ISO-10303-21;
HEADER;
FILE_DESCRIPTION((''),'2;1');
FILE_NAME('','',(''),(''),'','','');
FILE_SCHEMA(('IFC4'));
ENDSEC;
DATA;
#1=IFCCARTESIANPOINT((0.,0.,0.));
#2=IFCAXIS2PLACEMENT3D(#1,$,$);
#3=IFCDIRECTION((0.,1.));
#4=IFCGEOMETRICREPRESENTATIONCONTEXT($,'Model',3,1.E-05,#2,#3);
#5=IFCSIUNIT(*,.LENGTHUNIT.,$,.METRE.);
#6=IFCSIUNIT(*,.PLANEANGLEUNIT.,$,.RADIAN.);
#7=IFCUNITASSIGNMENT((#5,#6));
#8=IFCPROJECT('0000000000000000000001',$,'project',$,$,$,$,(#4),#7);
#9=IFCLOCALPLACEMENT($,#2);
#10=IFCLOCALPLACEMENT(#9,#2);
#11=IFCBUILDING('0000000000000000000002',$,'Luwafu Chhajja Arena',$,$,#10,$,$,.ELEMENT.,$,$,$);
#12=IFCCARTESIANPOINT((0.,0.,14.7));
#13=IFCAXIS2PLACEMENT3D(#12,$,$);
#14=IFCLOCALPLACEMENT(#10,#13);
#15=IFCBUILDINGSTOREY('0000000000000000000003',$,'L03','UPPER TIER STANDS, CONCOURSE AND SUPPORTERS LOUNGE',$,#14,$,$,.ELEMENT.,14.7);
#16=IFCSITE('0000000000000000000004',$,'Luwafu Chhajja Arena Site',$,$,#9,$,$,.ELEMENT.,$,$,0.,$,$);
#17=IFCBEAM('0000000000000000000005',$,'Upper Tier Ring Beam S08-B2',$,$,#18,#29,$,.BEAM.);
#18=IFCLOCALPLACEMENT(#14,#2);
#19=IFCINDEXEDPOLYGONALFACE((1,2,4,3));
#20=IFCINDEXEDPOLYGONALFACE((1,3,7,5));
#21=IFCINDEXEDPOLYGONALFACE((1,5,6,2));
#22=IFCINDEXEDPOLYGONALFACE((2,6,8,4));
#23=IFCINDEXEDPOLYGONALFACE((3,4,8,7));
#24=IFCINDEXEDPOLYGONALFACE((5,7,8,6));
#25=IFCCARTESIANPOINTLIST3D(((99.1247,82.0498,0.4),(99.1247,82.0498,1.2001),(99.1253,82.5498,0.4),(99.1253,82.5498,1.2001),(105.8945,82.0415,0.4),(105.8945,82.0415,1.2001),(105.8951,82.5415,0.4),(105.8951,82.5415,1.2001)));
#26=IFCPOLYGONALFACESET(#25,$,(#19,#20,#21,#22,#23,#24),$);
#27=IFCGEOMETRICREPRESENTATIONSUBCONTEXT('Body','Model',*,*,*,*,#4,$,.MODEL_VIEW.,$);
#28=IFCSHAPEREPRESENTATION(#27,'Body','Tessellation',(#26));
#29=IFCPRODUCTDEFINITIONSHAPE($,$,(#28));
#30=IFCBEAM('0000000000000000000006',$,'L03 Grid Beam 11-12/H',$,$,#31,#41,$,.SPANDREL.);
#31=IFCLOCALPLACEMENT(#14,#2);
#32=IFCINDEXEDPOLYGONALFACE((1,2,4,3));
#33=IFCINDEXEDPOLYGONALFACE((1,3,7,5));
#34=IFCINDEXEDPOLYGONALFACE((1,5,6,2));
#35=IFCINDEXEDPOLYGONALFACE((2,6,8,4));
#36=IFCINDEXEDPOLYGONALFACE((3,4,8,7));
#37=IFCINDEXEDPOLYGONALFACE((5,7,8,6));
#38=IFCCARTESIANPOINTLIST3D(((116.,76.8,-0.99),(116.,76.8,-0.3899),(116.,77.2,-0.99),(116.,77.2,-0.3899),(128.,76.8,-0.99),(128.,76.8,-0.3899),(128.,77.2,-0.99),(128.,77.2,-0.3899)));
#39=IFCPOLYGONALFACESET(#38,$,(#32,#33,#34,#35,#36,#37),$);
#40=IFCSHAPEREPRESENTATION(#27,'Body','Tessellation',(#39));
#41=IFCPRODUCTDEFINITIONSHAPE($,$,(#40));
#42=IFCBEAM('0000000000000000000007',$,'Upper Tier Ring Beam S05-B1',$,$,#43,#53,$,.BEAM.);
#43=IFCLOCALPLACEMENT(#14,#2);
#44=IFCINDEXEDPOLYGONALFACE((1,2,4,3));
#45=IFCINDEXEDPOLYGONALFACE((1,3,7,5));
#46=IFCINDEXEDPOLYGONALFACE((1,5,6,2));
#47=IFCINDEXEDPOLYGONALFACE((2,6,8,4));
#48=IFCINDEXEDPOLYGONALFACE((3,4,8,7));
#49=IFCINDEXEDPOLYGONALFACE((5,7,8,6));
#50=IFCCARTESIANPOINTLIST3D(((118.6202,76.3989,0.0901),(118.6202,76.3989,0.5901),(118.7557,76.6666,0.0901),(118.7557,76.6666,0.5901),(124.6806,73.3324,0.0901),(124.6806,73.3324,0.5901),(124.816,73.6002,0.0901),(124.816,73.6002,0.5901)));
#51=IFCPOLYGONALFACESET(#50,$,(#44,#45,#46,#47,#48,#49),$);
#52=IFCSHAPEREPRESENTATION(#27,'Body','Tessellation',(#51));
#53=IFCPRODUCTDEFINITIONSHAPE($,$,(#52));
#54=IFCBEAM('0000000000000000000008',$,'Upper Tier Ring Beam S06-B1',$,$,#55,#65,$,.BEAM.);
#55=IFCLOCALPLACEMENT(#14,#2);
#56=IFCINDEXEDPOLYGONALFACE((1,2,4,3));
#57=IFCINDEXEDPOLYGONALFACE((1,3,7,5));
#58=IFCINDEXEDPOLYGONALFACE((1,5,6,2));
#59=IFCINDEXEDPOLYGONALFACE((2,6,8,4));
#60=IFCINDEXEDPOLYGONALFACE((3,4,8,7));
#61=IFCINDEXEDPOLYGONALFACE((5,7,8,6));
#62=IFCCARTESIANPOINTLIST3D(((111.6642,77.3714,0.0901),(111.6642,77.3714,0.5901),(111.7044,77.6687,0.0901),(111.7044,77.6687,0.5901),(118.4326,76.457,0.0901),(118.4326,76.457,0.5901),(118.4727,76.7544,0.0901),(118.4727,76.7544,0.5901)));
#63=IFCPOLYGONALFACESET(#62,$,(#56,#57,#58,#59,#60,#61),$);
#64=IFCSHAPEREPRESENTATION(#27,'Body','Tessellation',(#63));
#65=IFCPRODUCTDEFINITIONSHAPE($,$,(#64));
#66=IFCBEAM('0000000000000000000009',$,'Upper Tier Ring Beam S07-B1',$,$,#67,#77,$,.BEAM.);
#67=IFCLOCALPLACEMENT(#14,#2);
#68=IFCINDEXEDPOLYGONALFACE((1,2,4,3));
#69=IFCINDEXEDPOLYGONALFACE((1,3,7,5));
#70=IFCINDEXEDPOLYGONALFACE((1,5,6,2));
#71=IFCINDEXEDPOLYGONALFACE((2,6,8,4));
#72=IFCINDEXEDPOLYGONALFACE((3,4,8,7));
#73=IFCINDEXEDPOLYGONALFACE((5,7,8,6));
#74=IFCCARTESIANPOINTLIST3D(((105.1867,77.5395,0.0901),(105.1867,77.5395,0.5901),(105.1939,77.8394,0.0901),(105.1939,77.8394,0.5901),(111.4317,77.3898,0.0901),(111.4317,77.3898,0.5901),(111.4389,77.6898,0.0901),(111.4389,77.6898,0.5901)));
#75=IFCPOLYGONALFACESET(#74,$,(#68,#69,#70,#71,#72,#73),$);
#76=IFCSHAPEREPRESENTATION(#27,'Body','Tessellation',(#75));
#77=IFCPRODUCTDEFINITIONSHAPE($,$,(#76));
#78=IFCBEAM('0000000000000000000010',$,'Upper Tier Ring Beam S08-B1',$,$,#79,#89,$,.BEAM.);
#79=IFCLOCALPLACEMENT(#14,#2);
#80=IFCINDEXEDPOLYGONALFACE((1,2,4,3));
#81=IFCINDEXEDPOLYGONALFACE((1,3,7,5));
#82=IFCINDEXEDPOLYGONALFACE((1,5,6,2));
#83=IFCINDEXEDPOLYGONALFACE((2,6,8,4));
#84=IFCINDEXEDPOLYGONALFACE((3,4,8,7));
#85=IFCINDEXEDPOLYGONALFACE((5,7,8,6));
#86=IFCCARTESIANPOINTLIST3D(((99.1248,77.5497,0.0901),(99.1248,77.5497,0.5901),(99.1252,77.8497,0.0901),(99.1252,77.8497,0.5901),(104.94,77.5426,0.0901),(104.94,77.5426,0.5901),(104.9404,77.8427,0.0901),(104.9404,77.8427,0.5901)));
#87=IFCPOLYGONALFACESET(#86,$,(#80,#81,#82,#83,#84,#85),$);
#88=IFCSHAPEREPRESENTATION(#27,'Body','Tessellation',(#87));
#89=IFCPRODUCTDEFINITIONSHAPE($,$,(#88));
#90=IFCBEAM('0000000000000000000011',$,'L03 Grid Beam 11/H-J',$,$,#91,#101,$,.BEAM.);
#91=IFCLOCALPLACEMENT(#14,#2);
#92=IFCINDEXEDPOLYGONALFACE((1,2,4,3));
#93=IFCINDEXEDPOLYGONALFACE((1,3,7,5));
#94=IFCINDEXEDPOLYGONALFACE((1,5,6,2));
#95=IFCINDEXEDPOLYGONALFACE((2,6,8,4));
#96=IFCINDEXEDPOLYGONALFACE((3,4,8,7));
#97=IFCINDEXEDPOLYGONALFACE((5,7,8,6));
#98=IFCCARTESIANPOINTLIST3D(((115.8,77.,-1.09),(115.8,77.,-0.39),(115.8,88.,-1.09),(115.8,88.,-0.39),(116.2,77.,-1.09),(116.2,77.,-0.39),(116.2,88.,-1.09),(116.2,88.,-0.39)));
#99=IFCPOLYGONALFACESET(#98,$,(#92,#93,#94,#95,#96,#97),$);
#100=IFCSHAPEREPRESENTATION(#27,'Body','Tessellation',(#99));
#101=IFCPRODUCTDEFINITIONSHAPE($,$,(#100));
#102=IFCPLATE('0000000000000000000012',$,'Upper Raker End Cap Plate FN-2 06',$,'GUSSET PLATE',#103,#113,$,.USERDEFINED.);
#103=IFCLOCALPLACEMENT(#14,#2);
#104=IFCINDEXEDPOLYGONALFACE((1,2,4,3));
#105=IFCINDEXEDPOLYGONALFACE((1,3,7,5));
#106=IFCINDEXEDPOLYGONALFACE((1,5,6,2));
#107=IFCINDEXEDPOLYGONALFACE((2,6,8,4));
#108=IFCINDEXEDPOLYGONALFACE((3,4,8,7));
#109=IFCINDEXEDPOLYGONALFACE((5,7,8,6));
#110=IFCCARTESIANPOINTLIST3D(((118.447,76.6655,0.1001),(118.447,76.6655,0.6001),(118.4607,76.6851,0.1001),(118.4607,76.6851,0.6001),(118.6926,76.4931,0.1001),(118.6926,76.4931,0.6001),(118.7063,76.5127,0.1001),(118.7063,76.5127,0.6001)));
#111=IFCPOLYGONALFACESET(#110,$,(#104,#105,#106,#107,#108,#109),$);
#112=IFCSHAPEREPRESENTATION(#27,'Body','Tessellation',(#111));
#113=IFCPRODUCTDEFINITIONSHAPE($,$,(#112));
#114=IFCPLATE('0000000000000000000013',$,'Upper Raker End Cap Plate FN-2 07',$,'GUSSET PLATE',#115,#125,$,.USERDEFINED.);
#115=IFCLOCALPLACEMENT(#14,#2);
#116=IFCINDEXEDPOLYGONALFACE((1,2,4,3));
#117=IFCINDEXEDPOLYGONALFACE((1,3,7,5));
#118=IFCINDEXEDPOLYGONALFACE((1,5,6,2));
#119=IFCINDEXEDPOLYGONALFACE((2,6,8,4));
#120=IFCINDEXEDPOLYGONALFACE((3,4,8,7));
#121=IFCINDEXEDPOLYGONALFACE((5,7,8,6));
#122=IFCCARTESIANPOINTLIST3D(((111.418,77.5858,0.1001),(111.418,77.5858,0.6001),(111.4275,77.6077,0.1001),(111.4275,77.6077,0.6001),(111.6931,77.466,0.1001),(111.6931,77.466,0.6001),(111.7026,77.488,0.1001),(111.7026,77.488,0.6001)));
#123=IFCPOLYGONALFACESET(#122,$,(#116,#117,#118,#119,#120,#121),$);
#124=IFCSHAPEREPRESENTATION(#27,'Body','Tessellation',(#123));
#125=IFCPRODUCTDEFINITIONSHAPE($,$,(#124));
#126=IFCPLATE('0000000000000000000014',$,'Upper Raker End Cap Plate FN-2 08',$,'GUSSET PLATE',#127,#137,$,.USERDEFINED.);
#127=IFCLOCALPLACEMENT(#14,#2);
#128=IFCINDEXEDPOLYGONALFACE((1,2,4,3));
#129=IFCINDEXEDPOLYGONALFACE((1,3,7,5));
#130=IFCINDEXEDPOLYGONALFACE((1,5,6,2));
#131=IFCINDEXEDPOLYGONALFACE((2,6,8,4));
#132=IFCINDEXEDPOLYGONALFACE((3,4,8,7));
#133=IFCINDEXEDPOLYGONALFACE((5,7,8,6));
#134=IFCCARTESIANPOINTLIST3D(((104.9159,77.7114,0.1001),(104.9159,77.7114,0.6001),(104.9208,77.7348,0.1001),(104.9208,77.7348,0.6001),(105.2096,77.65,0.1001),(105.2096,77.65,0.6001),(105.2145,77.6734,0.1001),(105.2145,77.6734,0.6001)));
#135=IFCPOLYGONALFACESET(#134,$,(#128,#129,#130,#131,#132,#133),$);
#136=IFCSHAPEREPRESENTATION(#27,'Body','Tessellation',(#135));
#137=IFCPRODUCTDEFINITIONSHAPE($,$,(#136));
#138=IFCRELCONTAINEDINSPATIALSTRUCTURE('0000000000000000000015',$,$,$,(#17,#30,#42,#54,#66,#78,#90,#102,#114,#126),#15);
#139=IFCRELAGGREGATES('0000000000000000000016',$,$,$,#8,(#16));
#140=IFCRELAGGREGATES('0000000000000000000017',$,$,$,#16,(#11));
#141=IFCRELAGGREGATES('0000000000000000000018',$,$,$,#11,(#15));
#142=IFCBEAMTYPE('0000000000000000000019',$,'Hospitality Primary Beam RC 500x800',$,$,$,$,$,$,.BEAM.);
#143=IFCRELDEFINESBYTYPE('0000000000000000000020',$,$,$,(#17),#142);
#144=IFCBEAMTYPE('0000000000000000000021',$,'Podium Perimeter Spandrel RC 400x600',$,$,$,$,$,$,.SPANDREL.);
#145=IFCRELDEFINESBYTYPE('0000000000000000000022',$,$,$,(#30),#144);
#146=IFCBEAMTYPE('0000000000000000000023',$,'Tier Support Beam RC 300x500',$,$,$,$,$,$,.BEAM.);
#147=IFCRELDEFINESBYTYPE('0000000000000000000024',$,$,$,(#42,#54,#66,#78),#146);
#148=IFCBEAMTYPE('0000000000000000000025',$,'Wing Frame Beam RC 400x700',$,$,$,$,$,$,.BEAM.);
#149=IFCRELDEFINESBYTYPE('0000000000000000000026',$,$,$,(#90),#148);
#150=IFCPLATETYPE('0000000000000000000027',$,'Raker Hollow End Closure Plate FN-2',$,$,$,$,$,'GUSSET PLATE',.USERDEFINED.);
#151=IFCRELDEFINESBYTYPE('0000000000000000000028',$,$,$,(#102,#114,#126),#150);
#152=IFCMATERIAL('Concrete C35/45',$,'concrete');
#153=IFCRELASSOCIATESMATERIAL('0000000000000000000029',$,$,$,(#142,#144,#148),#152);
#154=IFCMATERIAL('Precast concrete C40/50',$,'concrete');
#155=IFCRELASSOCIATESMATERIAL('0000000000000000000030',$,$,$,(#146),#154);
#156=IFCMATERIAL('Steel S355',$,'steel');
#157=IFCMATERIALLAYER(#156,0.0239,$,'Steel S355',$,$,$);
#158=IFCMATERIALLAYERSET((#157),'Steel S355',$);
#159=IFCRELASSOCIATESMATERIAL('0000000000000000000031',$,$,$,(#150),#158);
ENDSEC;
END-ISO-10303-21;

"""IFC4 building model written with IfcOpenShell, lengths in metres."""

from ifc_helpers import new_model, si_unit, direction, frame, origin, origin_2d, place, context, subcontext, project, spatial, rectangle, extrude, material, layer, layer_set, material_profile, profile_set, type_object, element, save


model = new_model("IFC4")

# Units and contexts
model_context = context("Model", 3, precision=1e-05, world=origin(), true_north=direction((0.0, 1.0)))
body_context = subcontext(model_context, "Body", "Model", "MODEL_VIEW")
ifc_project = project(units=[si_unit("LENGTHUNIT", "METRE"), si_unit("PLANEANGLEUNIT", "RADIAN")], contexts=[model_context])

# Site, building, storey
site_placement = place(None, origin())
site = spatial("IfcSite", under=ifc_project, at=site_placement, Name="Luwafu Chhajja Arena Site", CompositionType="ELEMENT", RefElevation=0.0)
building_placement = place(site_placement, origin())
building = spatial("IfcBuilding", under=site, at=building_placement, Name="Luwafu Chhajja Arena", CompositionType="ELEMENT")
storey_placement = place(building_placement, frame((0.0, 0.0, 14.7)))
storey = spatial("IfcBuildingStorey", under=building, at=storey_placement, Name="L03", Description="UPPER TIER STANDS, CONCOURSE AND SUPPORTERS LOUNGE", CompositionType="ELEMENT", Elevation=14.7)

# Shared definitions
ifc_material_1 = material(Name="Steel S355", Category="steel")

# Beams
ifc_material_2 = material(Name="Concrete C35/45", Category="concrete")
ifc_material_profile_1 = material_profile(ifc_material_2, rectangle(XDim=0.5, YDim=0.8, at=origin_2d()), Name="RC 500x800")
ifc_profile_set_1 = profile_set([ifc_material_profile_1], Name="Concrete C35/45")
beam_type_1 = type_object("IfcBeamType", Name="Hospitality Primary Beam RC 500x800", PredefinedType="BEAM", material=ifc_profile_set_1)
beam_1_placement = place(storey_placement, frame((105.8948, 82.2915, 0.8), z_axis=(-0.999999, 0.001226, 0.0), x_axis=(-0.001226, -0.999999, 0.0)))
element("IfcBeam", 1, at=beam_1_placement, inside=storey, type_object=beam_type_1, Name="Upper Tier Ring Beam S08-B2", PredefinedType="BEAM", context=body_context, shape_type="SweptSolid", body=[
    extrude(rectangle(XDim=0.5, YDim=0.8, at=origin_2d()), origin(), (0.0, 0.0, 1.0), 6.7698),
])
ifc_material_profile_2 = material_profile(ifc_material_2, rectangle(XDim=0.3999, YDim=0.6001, at=origin_2d()), Name="RC 400x600")
ifc_profile_set_2 = profile_set([ifc_material_profile_2], Name="Concrete C35/45")
beam_type_2 = type_object("IfcBeamType", Name="Podium Perimeter Spandrel RC 400x600", PredefinedType="SPANDREL", material=ifc_profile_set_2)
beam_2_placement = place(storey_placement, frame((116.0, 77.0, -0.6899), z_axis=(1.0, 0.0, 0.0), x_axis=(0.0, 1.0, 0.0)))
element("IfcBeam", 2, at=beam_2_placement, inside=storey, type_object=beam_type_2, Name="L03 Grid Beam 11-12/H", PredefinedType="SPANDREL", context=body_context, shape_type="SweptSolid", body=[
    extrude(rectangle(XDim=0.3999, YDim=0.6001, at=origin_2d()), origin(), (0.0, 0.0, 1.0), 12.0),
])
ifc_material_3 = material(Name="Precast concrete C40/50", Category="concrete")
ifc_material_profile_3 = material_profile(ifc_material_3, rectangle(XDim=0.3, YDim=0.5, at=origin_2d()), Name="RC 300x500")
ifc_profile_set_3 = profile_set([ifc_material_profile_3], Name="Precast concrete C40/50")
beam_type_3 = type_object("IfcBeamType", Name="Tier Support Beam RC 300x500", PredefinedType="BEAM", material=ifc_profile_set_3)
beam_3_placement = place(storey_placement, frame((124.7483, 73.4663, 0.3401), z_axis=(-0.892282, 0.451479, 0.0), x_axis=(-0.451479, -0.892282, 0.0)))
element("IfcBeam", 3, at=beam_3_placement, inside=storey, type_object=beam_type_3, Name="Upper Tier Ring Beam S05-B1", PredefinedType="BEAM", context=body_context, shape_type="SweptSolid", body=[
    extrude(rectangle(XDim=0.3, YDim=0.5, at=origin_2d()), origin(), (0.0, 0.0, 1.0), 6.792),
])
beam_4_placement = place(storey_placement, frame((118.4526, 76.6057, 0.3401), z_axis=(-0.990999, 0.13387, 0.0), x_axis=(-0.13387, -0.990999, 0.0)))
element("IfcBeam", 4, at=beam_4_placement, inside=storey, type_object=beam_type_3, Name="Upper Tier Ring Beam S06-B1", PredefinedType="BEAM", context=body_context, shape_type="SweptSolid", body=[
    extrude(rectangle(XDim=0.3, YDim=0.5, at=origin_2d()), origin(), (0.0, 0.0, 1.0), 6.8298),
])
beam_5_placement = place(storey_placement, frame((111.4353, 77.5398, 0.3401), z_axis=(-0.999713, 0.023957, 0.0), x_axis=(-0.023957, -0.999713, 0.0)))
element("IfcBeam", 5, at=beam_5_placement, inside=storey, type_object=beam_type_3, Name="Upper Tier Ring Beam S07-B1", PredefinedType="BEAM", context=body_context, shape_type="SweptSolid", body=[
    extrude(rectangle(XDim=0.3, YDim=0.5, at=origin_2d()), origin(), (0.0, 0.0, 1.0), 6.2468),
])
beam_6_placement = place(storey_placement, frame((104.9402, 77.6926, 0.3401), z_axis=(-0.999999, 0.001218, 0.0), x_axis=(-0.001218, -0.999999, 0.0)))
element("IfcBeam", 6, at=beam_6_placement, inside=storey, type_object=beam_type_3, Name="Upper Tier Ring Beam S08-B1", PredefinedType="BEAM", context=body_context, shape_type="SweptSolid", body=[
    extrude(rectangle(XDim=0.3, YDim=0.5, at=origin_2d()), origin(), (0.0, 0.0, 1.0), 5.8152),
])
ifc_material_profile_4 = material_profile(ifc_material_2, rectangle(XDim=0.3999, YDim=0.7, at=origin_2d()), Name="RC 400x700")
ifc_profile_set_4 = profile_set([ifc_material_profile_4], Name="Concrete C35/45")
beam_type_4 = type_object("IfcBeamType", Name="Wing Frame Beam RC 400x700", PredefinedType="BEAM", material=ifc_profile_set_4)
beam_7_placement = place(storey_placement, frame((116.0, 77.0, -0.74), z_axis=(0.0, 1.0, 0.0), x_axis=(-1.0, 0.0, 0.0)))
element("IfcBeam", 7, at=beam_7_placement, inside=storey, type_object=beam_type_4, Name="L03 Grid Beam 11/H-J", PredefinedType="BEAM", context=body_context, shape_type="SweptSolid", body=[
    extrude(rectangle(XDim=0.3999, YDim=0.7, at=origin_2d()), origin(), (0.0, 0.0, 1.0), 11.0),
])

# Plates
ifc_layer = layer(ifc_material_1, 0.0239, Name="Steel S355")
ifc_layer_set = layer_set([ifc_layer], Name="Steel S355")
plate_type = type_object("IfcPlateType", Name="Raker Hollow End Closure Plate FN-2", ElementType="GUSSET PLATE", PredefinedType="USERDEFINED", material=ifc_layer_set)
for number, where, z_axis, x_axis, name in (
    (8, (118.5767, 76.5891, 0.1001), (0.0, 0.0, 1.0), (0.574601, 0.818434, 0.0), "Upper Raker End Cap Plate FN-2 06"),
    (9, (111.5603, 77.5369, 0.1001), (0.0, 0.0, 1.0), (0.399066, 0.916922, 0.0), "Upper Raker End Cap Plate FN-2 07"),
    (10, (105.0652, 77.6924, 0.1001), (0.0, 0.0, 1.0), (0.204578, 0.97885, 0.0), "Upper Raker End Cap Plate FN-2 08"),
):
    element("IfcPlate", number, at=place(storey_placement, frame(where, z_axis=z_axis, x_axis=x_axis)), inside=storey, type_object=plate_type, Name=name, ObjectType="GUSSET PLATE", PredefinedType="USERDEFINED", context=body_context, shape_type="SweptSolid", body=[
        extrude(rectangle(XDim=0.0239, YDim=0.3, at=origin_2d()), origin(), (0.0, 0.0, 1.0), 0.5),
    ])

save(model, "model.ifc")
